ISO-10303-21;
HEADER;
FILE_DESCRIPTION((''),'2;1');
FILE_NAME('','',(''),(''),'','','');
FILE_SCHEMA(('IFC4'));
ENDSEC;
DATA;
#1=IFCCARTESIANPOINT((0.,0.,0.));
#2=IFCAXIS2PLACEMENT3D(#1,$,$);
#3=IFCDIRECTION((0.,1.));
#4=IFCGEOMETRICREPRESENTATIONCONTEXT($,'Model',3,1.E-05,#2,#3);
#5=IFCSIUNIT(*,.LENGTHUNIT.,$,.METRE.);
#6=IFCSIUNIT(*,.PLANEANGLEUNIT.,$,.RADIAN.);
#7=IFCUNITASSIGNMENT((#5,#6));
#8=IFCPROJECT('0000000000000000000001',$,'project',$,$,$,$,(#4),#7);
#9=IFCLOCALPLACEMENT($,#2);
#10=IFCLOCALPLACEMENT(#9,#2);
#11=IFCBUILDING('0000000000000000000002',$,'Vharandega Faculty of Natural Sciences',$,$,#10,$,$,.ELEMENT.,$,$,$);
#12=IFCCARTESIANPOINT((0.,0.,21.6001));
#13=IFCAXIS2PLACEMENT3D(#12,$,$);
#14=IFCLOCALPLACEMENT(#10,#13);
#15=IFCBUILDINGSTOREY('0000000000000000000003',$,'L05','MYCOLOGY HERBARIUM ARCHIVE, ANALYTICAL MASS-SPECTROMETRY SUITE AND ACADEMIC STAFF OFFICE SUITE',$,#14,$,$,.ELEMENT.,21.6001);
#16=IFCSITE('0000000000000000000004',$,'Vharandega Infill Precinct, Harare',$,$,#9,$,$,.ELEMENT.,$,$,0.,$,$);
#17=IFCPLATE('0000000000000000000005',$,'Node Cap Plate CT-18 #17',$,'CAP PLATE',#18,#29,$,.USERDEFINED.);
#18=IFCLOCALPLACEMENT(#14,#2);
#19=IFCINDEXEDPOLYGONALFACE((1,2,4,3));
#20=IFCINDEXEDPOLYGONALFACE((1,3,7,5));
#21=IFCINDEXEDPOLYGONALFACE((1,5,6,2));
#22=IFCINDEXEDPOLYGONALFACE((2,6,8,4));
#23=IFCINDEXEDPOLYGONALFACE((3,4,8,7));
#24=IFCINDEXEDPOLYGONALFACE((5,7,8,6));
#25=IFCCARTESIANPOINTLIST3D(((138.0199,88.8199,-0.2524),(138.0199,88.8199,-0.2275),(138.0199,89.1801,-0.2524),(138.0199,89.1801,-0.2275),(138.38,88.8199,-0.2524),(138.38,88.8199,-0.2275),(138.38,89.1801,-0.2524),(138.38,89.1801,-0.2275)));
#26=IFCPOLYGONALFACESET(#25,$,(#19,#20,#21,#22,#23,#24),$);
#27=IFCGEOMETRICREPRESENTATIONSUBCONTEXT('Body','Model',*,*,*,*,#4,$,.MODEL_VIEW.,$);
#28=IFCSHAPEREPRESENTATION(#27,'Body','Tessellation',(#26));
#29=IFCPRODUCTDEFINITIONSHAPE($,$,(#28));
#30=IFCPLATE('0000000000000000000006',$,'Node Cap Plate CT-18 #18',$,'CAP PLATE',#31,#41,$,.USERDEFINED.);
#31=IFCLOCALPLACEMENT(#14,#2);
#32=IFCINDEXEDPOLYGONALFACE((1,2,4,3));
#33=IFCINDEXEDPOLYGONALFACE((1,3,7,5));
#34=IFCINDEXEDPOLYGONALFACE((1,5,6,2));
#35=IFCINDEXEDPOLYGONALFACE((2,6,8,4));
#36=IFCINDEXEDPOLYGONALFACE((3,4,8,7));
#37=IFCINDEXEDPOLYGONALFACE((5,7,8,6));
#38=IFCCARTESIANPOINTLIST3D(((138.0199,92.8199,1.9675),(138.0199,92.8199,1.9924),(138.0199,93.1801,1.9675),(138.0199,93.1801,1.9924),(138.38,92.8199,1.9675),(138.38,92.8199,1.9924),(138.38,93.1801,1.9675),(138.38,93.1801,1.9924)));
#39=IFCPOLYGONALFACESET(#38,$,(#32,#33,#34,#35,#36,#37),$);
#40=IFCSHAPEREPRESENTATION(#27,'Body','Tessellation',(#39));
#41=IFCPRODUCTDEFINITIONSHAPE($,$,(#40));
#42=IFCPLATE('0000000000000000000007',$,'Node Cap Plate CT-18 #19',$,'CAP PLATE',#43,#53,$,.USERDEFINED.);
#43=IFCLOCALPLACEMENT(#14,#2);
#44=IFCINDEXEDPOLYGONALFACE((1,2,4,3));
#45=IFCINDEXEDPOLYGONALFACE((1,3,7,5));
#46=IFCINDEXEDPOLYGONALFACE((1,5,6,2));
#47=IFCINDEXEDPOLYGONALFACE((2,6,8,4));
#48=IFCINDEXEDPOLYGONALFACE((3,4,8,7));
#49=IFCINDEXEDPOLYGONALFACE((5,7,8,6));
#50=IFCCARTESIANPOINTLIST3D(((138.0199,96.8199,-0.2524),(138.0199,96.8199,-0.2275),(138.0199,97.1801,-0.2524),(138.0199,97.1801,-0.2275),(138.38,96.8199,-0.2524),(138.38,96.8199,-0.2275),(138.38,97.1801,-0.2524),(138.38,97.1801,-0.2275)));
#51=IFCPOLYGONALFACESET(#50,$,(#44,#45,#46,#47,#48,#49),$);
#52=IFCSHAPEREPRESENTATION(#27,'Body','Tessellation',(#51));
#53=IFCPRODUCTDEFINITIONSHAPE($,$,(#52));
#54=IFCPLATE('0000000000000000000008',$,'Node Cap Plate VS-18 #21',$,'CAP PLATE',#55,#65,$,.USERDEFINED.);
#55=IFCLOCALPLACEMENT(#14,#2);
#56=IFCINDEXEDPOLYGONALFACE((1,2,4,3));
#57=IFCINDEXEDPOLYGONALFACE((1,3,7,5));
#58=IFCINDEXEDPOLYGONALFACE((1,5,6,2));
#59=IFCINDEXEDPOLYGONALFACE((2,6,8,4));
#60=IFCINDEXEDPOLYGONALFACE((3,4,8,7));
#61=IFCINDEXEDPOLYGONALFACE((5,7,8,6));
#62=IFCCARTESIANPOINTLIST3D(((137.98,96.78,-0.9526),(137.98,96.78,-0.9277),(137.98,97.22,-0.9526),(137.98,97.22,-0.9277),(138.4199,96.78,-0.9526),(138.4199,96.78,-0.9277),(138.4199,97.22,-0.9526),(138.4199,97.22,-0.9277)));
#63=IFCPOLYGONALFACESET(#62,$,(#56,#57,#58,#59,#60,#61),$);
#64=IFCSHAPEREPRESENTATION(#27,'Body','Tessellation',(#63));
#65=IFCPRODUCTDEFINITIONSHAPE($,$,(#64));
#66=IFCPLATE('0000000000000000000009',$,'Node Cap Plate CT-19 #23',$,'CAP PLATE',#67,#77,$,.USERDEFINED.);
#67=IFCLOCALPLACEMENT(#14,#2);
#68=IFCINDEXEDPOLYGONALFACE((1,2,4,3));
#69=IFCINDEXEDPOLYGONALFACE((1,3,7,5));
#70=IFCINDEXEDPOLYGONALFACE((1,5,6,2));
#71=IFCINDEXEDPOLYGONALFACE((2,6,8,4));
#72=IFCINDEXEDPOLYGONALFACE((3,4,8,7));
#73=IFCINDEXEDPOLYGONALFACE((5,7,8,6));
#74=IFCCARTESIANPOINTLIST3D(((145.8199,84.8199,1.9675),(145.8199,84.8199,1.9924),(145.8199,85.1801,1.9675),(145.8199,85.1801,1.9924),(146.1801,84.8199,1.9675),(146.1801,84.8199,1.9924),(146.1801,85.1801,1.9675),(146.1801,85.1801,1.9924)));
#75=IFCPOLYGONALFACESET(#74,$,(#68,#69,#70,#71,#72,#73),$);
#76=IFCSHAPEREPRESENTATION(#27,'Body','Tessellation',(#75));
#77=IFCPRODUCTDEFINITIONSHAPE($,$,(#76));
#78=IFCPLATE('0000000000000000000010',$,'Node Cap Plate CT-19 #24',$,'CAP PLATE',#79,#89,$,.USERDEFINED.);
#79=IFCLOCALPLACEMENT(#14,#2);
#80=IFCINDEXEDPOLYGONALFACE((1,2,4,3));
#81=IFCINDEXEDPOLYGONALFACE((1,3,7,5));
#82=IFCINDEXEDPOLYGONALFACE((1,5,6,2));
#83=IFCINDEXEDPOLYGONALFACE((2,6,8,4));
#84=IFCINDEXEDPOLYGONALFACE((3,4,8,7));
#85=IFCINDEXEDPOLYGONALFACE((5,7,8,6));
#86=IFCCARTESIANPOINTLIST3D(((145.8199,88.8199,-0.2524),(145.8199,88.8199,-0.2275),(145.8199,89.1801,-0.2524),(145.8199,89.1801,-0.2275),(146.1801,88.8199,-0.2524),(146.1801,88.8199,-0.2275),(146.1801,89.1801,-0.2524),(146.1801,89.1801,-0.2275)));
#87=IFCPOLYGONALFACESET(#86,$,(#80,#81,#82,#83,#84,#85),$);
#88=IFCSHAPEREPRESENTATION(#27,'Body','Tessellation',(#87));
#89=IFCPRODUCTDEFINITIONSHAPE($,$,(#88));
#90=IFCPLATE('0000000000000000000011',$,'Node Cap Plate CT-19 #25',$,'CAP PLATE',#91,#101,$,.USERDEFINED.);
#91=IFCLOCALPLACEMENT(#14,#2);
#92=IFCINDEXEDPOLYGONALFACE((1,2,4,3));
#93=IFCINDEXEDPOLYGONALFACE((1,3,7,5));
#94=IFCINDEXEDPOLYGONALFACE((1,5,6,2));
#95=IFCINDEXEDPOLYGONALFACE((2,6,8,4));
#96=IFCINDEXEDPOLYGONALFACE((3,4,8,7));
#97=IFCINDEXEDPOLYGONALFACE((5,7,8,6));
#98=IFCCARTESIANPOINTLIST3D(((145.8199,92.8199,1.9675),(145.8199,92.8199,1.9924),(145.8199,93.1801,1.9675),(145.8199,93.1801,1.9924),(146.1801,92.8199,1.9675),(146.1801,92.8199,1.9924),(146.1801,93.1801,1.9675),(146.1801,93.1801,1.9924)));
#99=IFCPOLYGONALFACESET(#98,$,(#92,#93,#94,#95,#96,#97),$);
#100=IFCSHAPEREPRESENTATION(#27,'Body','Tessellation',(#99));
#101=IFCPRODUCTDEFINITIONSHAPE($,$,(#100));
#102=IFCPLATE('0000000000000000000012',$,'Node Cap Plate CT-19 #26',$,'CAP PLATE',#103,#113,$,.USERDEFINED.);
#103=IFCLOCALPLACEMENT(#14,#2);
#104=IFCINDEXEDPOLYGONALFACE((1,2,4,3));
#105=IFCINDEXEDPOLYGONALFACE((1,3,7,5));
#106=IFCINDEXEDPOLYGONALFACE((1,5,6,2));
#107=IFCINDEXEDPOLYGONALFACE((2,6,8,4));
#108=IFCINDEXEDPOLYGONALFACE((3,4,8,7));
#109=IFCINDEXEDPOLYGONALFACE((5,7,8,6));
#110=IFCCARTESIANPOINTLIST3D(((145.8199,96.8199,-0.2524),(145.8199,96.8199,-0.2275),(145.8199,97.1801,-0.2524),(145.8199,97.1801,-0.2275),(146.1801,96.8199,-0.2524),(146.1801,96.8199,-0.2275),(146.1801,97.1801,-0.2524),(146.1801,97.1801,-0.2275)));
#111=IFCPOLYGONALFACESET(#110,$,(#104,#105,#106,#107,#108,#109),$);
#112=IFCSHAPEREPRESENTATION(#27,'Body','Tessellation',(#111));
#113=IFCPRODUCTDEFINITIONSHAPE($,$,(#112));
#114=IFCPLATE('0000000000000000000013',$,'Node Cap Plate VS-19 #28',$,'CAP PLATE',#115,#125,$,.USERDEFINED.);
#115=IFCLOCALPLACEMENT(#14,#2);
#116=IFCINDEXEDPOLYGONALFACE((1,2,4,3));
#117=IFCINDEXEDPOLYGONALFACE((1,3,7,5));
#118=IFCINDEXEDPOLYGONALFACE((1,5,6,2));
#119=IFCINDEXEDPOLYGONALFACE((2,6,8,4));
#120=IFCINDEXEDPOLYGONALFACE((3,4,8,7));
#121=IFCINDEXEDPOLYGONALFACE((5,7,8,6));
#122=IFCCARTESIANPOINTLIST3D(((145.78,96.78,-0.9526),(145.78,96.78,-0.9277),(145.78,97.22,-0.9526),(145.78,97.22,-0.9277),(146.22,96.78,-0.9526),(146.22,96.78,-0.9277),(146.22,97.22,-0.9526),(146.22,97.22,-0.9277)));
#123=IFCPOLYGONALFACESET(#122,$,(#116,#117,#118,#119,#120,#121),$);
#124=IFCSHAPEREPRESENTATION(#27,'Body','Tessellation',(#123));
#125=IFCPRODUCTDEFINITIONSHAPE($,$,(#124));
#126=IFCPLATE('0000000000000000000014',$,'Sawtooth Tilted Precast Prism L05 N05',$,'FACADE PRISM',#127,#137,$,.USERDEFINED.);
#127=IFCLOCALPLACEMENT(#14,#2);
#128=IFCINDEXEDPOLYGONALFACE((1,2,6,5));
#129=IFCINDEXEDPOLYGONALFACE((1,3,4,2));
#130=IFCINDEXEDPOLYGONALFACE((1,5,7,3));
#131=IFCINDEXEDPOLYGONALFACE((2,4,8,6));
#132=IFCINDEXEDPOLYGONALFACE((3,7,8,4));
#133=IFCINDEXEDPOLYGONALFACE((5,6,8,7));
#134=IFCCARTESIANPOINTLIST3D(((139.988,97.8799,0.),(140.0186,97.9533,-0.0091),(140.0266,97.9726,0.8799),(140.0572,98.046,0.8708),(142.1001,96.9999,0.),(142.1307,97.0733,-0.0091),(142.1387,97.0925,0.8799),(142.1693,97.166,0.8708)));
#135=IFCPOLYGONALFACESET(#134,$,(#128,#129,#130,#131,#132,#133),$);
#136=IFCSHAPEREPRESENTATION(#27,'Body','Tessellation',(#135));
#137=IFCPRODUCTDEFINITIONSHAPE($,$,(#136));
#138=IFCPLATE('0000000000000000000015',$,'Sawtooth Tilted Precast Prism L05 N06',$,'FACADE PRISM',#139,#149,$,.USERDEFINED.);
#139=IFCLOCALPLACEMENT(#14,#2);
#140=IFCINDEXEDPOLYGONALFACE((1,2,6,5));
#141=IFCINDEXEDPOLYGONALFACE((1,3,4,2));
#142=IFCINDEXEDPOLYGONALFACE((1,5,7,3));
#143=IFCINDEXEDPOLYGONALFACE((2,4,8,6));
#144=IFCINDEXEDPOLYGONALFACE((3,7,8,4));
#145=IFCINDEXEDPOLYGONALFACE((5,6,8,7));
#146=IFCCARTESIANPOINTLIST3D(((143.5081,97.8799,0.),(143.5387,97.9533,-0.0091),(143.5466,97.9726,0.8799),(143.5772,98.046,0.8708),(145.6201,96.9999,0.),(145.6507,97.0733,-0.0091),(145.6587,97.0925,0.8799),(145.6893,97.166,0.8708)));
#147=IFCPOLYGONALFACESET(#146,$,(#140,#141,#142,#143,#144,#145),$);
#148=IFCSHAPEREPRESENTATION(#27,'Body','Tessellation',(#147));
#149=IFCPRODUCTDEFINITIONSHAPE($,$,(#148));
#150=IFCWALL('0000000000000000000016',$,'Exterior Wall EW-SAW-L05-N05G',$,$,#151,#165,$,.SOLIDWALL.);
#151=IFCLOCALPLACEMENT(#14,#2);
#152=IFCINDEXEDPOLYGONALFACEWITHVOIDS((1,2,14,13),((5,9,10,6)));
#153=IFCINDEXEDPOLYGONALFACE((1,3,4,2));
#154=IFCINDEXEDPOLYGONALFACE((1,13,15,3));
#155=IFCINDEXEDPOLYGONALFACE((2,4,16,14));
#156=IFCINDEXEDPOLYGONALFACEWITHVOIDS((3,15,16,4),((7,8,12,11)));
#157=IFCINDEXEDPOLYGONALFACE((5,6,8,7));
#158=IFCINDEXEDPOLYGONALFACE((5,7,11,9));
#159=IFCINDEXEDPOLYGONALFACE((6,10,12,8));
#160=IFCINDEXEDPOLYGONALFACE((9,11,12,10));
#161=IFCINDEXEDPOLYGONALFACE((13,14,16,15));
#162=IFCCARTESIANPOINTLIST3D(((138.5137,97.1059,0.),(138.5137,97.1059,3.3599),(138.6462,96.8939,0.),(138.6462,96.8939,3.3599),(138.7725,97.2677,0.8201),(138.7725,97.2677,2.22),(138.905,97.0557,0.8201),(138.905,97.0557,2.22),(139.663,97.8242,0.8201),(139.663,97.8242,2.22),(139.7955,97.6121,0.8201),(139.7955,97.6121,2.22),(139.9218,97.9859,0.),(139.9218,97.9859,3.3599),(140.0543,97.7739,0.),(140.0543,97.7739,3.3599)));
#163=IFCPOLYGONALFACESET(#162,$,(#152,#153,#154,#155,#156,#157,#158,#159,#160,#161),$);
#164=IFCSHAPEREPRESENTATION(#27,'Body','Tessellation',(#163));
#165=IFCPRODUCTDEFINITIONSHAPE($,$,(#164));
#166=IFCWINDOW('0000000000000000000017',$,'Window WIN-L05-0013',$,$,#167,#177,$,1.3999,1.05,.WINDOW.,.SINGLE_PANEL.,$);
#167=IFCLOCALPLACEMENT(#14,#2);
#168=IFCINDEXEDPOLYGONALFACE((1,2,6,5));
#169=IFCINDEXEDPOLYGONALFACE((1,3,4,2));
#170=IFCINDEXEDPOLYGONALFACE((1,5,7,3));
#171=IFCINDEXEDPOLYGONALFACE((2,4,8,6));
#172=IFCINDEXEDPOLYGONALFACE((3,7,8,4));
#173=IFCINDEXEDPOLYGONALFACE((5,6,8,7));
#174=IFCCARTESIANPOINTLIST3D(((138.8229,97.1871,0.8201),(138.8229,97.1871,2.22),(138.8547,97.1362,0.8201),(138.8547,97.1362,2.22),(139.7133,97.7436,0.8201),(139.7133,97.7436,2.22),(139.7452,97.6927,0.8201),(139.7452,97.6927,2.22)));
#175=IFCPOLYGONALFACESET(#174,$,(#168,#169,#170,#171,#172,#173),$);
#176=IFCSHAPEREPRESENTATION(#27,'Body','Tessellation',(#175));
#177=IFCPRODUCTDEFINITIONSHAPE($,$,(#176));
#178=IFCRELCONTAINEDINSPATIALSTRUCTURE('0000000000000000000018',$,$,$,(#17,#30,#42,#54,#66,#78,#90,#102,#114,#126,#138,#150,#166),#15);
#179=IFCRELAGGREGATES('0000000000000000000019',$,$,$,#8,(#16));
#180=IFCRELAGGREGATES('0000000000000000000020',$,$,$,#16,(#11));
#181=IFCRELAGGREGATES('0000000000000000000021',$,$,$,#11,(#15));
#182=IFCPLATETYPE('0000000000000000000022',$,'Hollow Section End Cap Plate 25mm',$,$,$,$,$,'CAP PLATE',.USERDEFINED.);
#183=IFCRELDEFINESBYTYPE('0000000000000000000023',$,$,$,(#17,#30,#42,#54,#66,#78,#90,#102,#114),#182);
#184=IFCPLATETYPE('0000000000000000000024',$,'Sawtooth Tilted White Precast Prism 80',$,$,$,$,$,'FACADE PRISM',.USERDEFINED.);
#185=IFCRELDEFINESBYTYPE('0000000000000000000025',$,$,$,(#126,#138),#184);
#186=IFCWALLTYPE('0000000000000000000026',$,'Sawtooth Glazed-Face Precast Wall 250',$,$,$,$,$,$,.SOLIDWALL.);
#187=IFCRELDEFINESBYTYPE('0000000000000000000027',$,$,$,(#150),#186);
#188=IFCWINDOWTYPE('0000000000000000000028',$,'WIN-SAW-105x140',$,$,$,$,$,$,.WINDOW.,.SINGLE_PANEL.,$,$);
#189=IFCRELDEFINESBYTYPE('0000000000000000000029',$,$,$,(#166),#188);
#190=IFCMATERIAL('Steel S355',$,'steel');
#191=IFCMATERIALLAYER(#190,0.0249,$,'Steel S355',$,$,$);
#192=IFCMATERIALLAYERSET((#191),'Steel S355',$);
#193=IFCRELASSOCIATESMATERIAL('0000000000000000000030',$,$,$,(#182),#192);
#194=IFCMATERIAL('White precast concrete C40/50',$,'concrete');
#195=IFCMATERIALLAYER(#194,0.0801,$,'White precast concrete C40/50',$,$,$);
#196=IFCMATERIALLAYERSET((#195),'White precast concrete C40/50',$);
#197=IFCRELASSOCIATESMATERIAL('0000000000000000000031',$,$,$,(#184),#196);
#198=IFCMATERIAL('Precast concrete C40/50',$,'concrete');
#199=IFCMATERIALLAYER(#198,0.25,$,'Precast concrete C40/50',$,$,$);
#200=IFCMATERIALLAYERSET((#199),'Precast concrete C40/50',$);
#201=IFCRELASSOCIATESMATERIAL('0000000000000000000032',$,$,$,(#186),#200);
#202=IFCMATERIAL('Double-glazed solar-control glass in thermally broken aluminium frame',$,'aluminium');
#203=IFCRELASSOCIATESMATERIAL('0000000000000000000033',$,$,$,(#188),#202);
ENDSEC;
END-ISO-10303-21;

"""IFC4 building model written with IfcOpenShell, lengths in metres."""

from ifc_helpers import new_model, si_unit, direction, frame, frame_2d, origin, origin_2d, place, context, subcontext, project, spatial, polyline, rectangle, outline, extrude, material, layer, layer_set, type_object, element, fill, save


model = new_model("IFC4")

# Units and contexts
model_context = context("Model", 3, precision=1e-05, world=origin(), true_north=direction((0.0, 1.0)))
body_context = subcontext(model_context, "Body", "Model", "MODEL_VIEW")
ifc_project = project(units=[si_unit("LENGTHUNIT", "METRE"), si_unit("PLANEANGLEUNIT", "RADIAN")], contexts=[model_context])

# Site, building, storey
site_placement = place(None, origin())
site = spatial("IfcSite", under=ifc_project, at=site_placement, Name="Vharandega Infill Precinct, Harare", CompositionType="ELEMENT", RefElevation=0.0)
building_placement = place(site_placement, origin())
building = spatial("IfcBuilding", under=site, at=building_placement, Name="Vharandega Faculty of Natural Sciences", CompositionType="ELEMENT")
storey_placement = place(building_placement, frame((0.0, 0.0, 21.6001)))
storey = spatial("IfcBuildingStorey", under=building, at=storey_placement, Name="L05", Description="MYCOLOGY HERBARIUM ARCHIVE, ANALYTICAL MASS-SPECTROMETRY SUITE AND ACADEMIC STAFF OFFICE SUITE", CompositionType="ELEMENT", Elevation=21.6001)

# Plates
ifc_material_1 = material(Name="Steel S355", Category="steel")
ifc_layer_1 = layer(ifc_material_1, 0.0249, Name="Steel S355")
ifc_layer_set_1 = layer_set([ifc_layer_1], Name="Steel S355")
plate_type_1 = type_object("IfcPlateType", Name="Hollow Section End Cap Plate 25mm", ElementType="CAP PLATE", PredefinedType="USERDEFINED", material=ifc_layer_set_1)
for number, where, z_axis, x_axis, name in (
    (1, (138.2, 89.0, -0.2524), (0.0, 0.0, 1.0), (1.0, 0.0, 0.0), "Node Cap Plate CT-18 #17"),
    (2, (138.2, 93.0, 1.9675), (0.0, 0.0, 1.0), (1.0, 0.0, 0.0), "Node Cap Plate CT-18 #18"),
    (3, (138.2, 97.0, -0.2524), (0.0, 0.0, 1.0), (1.0, 0.0, 0.0), "Node Cap Plate CT-18 #19"),
):
    element("IfcPlate", number, at=place(storey_placement, frame(where, z_axis=z_axis, x_axis=x_axis)), inside=storey, type_object=plate_type_1, Name=name, ObjectType="CAP PLATE", PredefinedType="USERDEFINED", context=body_context, shape_type="SweptSolid", body=[
        extrude(rectangle(XDim=0.3601, YDim=0.3601, at=origin_2d()), origin(), (0.0, 0.0, 1.0), 0.0249),
    ])
plate_1_placement = place(storey_placement, frame((138.2, 97.0, -0.9526), z_axis=(0.0, 0.0, 1.0), x_axis=(1.0, 0.0, 0.0)))
element("IfcPlate", 4, at=plate_1_placement, inside=storey, type_object=plate_type_1, Name="Node Cap Plate VS-18 #21", ObjectType="CAP PLATE", PredefinedType="USERDEFINED", context=body_context, shape_type="SweptSolid", body=[
    extrude(rectangle(XDim=0.4399, YDim=0.4399, at=origin_2d()), origin(), (0.0, 0.0, 1.0), 0.0249),
])
for number, where, z_axis, x_axis, name in (
    (5, (146.0, 85.0, 1.9675), (0.0, 0.0, 1.0), (1.0, 0.0, 0.0), "Node Cap Plate CT-19 #23"),
    (6, (146.0, 89.0, -0.2524), (0.0, 0.0, 1.0), (1.0, 0.0, 0.0), "Node Cap Plate CT-19 #24"),
    (7, (146.0, 93.0, 1.9675), (0.0, 0.0, 1.0), (1.0, 0.0, 0.0), "Node Cap Plate CT-19 #25"),
    (8, (146.0, 97.0, -0.2524), (0.0, 0.0, 1.0), (1.0, 0.0, 0.0), "Node Cap Plate CT-19 #26"),
):
    element("IfcPlate", number, at=place(storey_placement, frame(where, z_axis=z_axis, x_axis=x_axis)), inside=storey, type_object=plate_type_1, Name=name, ObjectType="CAP PLATE", PredefinedType="USERDEFINED", context=body_context, shape_type="SweptSolid", body=[
        extrude(rectangle(XDim=0.3601, YDim=0.3601, at=origin_2d()), origin(), (0.0, 0.0, 1.0), 0.0249),
    ])
plate_2_placement = place(storey_placement, frame((146.0, 97.0, -0.9526), z_axis=(0.0, 0.0, 1.0), x_axis=(1.0, 0.0, 0.0)))
element("IfcPlate", 9, at=plate_2_placement, inside=storey, type_object=plate_type_1, Name="Node Cap Plate VS-19 #28", ObjectType="CAP PLATE", PredefinedType="USERDEFINED", context=body_context, shape_type="SweptSolid", body=[
    extrude(rectangle(XDim=0.4399, YDim=0.4399, at=origin_2d()), origin(), (0.0, 0.0, 1.0), 0.0249),
])
ifc_material_2 = material(Name="White precast concrete C40/50", Category="concrete")
ifc_layer_2 = layer(ifc_material_2, 0.0801, Name="White precast concrete C40/50")
ifc_layer_set_2 = layer_set([ifc_layer_2], Name="White precast concrete C40/50")
plate_type_2 = type_object("IfcPlateType", Name="Sawtooth Tilted White Precast Prism 80", ElementType="FACADE PRISM", PredefinedType="USERDEFINED", material=ifc_layer_set_2)
for number, where, z_axis, x_axis, name in (
    (10, (139.988, 97.8799, 0.0), (-0.38213, -0.917133, 0.113326), (0.043509, 0.104642, 0.993558), "Sawtooth Tilted Precast Prism L05 N05"),
    (11, (143.5081, 97.8799, 0.0), (-0.38213, -0.917133, 0.113326), (0.043509, 0.104642, 0.993558), "Sawtooth Tilted Precast Prism L05 N06"),
):
    element("IfcPlate", number, at=place(storey_placement, frame(where, z_axis=z_axis, x_axis=x_axis)), inside=storey, type_object=plate_type_2, Name=name, ObjectType="FACADE PRISM", PredefinedType="USERDEFINED", context=body_context, shape_type="SweptSolid", body=[
        extrude(outline(polyline([(0.0, 0.0), (0.8856, 0.0), (0.8854, -2.2881), (-0.0002, -2.288), (0.0, 0.0)])), origin(), (0.0, 0.0, -1.0), 0.0801),
    ])

# Wall, opening, window
ifc_material_3 = material(Name="Precast concrete C40/50", Category="concrete")
ifc_layer_3 = layer(ifc_material_3, 0.25, Name="Precast concrete C40/50")
ifc_layer_set_3 = layer_set([ifc_layer_3], Name="Precast concrete C40/50")
wall_type_1 = type_object("IfcWallType", Name="Sawtooth Glazed-Face Precast Wall 250", PredefinedType="SOLIDWALL", material=ifc_layer_set_3)
wall_1_placement = place(storey_placement, frame((138.5801, 97.0, 0.0), z_axis=(0.0, 0.0, 1.0), x_axis=(0.848023, 0.529959, 0.0)))
wall_1 = element("IfcWall", 12, at=wall_1_placement, inside=storey, type_object=wall_type_1, Name="Exterior Wall EW-SAW-L05-N05G", PredefinedType="SOLIDWALL", context=body_context, shape_type="SweptSolid", body=[
    extrude(rectangle(XDim=1.6604, YDim=0.25, at=frame_2d((0.8301, 0.0))), origin(), (0.0, 0.0, 1.0), 3.3599),
])
opening_1_placement = place(wall_1_placement, frame((0.3052, 0.0, 0.8201)))
opening_1 = element("IfcOpeningElement", 13, at=opening_1_placement, cuts=wall_1, PredefinedType="OPENING", context=body_context, shape_type="SweptSolid", body=[
    extrude(rectangle(XDim=1.05, YDim=1.3999, at=frame_2d((0.5249, 0.7))), frame((0.0, 0.135, 0.0), z_axis=(0.0, -1.0, 0.0), x_axis=(1.0, 0.0, 0.0)), (0.0, 0.0, 1.0), 0.27),
])
ifc_material_4 = material(Name="Double-glazed solar-control glass in thermally broken aluminium frame", Category="aluminium")
window_type_1 = type_object("IfcWindowType", Name="WIN-SAW-105x140", PartitioningType="SINGLE_PANEL", PredefinedType="WINDOW", material=ifc_material_4)
window_1_placement = place(opening_1_placement, origin())
window_1 = element("IfcWindow", 14, at=window_1_placement, inside=storey, type_object=window_type_1, Name="Window WIN-L05-0013", OverallHeight=1.3999, OverallWidth=1.05, PartitioningType="SINGLE_PANEL", PredefinedType="WINDOW", context=body_context, shape_type="SweptSolid", body=[
    extrude(rectangle(XDim=1.05, YDim=1.3999, at=frame_2d((0.5249, 0.7))), frame((0.0, 0.03, 0.0), z_axis=(0.0, -1.0, 0.0), x_axis=(1.0, 0.0, 0.0)), (0.0, 0.0, 1.0), 0.0601),
])
fill(opening_1, window_1)

save(model, "model.ifc")
